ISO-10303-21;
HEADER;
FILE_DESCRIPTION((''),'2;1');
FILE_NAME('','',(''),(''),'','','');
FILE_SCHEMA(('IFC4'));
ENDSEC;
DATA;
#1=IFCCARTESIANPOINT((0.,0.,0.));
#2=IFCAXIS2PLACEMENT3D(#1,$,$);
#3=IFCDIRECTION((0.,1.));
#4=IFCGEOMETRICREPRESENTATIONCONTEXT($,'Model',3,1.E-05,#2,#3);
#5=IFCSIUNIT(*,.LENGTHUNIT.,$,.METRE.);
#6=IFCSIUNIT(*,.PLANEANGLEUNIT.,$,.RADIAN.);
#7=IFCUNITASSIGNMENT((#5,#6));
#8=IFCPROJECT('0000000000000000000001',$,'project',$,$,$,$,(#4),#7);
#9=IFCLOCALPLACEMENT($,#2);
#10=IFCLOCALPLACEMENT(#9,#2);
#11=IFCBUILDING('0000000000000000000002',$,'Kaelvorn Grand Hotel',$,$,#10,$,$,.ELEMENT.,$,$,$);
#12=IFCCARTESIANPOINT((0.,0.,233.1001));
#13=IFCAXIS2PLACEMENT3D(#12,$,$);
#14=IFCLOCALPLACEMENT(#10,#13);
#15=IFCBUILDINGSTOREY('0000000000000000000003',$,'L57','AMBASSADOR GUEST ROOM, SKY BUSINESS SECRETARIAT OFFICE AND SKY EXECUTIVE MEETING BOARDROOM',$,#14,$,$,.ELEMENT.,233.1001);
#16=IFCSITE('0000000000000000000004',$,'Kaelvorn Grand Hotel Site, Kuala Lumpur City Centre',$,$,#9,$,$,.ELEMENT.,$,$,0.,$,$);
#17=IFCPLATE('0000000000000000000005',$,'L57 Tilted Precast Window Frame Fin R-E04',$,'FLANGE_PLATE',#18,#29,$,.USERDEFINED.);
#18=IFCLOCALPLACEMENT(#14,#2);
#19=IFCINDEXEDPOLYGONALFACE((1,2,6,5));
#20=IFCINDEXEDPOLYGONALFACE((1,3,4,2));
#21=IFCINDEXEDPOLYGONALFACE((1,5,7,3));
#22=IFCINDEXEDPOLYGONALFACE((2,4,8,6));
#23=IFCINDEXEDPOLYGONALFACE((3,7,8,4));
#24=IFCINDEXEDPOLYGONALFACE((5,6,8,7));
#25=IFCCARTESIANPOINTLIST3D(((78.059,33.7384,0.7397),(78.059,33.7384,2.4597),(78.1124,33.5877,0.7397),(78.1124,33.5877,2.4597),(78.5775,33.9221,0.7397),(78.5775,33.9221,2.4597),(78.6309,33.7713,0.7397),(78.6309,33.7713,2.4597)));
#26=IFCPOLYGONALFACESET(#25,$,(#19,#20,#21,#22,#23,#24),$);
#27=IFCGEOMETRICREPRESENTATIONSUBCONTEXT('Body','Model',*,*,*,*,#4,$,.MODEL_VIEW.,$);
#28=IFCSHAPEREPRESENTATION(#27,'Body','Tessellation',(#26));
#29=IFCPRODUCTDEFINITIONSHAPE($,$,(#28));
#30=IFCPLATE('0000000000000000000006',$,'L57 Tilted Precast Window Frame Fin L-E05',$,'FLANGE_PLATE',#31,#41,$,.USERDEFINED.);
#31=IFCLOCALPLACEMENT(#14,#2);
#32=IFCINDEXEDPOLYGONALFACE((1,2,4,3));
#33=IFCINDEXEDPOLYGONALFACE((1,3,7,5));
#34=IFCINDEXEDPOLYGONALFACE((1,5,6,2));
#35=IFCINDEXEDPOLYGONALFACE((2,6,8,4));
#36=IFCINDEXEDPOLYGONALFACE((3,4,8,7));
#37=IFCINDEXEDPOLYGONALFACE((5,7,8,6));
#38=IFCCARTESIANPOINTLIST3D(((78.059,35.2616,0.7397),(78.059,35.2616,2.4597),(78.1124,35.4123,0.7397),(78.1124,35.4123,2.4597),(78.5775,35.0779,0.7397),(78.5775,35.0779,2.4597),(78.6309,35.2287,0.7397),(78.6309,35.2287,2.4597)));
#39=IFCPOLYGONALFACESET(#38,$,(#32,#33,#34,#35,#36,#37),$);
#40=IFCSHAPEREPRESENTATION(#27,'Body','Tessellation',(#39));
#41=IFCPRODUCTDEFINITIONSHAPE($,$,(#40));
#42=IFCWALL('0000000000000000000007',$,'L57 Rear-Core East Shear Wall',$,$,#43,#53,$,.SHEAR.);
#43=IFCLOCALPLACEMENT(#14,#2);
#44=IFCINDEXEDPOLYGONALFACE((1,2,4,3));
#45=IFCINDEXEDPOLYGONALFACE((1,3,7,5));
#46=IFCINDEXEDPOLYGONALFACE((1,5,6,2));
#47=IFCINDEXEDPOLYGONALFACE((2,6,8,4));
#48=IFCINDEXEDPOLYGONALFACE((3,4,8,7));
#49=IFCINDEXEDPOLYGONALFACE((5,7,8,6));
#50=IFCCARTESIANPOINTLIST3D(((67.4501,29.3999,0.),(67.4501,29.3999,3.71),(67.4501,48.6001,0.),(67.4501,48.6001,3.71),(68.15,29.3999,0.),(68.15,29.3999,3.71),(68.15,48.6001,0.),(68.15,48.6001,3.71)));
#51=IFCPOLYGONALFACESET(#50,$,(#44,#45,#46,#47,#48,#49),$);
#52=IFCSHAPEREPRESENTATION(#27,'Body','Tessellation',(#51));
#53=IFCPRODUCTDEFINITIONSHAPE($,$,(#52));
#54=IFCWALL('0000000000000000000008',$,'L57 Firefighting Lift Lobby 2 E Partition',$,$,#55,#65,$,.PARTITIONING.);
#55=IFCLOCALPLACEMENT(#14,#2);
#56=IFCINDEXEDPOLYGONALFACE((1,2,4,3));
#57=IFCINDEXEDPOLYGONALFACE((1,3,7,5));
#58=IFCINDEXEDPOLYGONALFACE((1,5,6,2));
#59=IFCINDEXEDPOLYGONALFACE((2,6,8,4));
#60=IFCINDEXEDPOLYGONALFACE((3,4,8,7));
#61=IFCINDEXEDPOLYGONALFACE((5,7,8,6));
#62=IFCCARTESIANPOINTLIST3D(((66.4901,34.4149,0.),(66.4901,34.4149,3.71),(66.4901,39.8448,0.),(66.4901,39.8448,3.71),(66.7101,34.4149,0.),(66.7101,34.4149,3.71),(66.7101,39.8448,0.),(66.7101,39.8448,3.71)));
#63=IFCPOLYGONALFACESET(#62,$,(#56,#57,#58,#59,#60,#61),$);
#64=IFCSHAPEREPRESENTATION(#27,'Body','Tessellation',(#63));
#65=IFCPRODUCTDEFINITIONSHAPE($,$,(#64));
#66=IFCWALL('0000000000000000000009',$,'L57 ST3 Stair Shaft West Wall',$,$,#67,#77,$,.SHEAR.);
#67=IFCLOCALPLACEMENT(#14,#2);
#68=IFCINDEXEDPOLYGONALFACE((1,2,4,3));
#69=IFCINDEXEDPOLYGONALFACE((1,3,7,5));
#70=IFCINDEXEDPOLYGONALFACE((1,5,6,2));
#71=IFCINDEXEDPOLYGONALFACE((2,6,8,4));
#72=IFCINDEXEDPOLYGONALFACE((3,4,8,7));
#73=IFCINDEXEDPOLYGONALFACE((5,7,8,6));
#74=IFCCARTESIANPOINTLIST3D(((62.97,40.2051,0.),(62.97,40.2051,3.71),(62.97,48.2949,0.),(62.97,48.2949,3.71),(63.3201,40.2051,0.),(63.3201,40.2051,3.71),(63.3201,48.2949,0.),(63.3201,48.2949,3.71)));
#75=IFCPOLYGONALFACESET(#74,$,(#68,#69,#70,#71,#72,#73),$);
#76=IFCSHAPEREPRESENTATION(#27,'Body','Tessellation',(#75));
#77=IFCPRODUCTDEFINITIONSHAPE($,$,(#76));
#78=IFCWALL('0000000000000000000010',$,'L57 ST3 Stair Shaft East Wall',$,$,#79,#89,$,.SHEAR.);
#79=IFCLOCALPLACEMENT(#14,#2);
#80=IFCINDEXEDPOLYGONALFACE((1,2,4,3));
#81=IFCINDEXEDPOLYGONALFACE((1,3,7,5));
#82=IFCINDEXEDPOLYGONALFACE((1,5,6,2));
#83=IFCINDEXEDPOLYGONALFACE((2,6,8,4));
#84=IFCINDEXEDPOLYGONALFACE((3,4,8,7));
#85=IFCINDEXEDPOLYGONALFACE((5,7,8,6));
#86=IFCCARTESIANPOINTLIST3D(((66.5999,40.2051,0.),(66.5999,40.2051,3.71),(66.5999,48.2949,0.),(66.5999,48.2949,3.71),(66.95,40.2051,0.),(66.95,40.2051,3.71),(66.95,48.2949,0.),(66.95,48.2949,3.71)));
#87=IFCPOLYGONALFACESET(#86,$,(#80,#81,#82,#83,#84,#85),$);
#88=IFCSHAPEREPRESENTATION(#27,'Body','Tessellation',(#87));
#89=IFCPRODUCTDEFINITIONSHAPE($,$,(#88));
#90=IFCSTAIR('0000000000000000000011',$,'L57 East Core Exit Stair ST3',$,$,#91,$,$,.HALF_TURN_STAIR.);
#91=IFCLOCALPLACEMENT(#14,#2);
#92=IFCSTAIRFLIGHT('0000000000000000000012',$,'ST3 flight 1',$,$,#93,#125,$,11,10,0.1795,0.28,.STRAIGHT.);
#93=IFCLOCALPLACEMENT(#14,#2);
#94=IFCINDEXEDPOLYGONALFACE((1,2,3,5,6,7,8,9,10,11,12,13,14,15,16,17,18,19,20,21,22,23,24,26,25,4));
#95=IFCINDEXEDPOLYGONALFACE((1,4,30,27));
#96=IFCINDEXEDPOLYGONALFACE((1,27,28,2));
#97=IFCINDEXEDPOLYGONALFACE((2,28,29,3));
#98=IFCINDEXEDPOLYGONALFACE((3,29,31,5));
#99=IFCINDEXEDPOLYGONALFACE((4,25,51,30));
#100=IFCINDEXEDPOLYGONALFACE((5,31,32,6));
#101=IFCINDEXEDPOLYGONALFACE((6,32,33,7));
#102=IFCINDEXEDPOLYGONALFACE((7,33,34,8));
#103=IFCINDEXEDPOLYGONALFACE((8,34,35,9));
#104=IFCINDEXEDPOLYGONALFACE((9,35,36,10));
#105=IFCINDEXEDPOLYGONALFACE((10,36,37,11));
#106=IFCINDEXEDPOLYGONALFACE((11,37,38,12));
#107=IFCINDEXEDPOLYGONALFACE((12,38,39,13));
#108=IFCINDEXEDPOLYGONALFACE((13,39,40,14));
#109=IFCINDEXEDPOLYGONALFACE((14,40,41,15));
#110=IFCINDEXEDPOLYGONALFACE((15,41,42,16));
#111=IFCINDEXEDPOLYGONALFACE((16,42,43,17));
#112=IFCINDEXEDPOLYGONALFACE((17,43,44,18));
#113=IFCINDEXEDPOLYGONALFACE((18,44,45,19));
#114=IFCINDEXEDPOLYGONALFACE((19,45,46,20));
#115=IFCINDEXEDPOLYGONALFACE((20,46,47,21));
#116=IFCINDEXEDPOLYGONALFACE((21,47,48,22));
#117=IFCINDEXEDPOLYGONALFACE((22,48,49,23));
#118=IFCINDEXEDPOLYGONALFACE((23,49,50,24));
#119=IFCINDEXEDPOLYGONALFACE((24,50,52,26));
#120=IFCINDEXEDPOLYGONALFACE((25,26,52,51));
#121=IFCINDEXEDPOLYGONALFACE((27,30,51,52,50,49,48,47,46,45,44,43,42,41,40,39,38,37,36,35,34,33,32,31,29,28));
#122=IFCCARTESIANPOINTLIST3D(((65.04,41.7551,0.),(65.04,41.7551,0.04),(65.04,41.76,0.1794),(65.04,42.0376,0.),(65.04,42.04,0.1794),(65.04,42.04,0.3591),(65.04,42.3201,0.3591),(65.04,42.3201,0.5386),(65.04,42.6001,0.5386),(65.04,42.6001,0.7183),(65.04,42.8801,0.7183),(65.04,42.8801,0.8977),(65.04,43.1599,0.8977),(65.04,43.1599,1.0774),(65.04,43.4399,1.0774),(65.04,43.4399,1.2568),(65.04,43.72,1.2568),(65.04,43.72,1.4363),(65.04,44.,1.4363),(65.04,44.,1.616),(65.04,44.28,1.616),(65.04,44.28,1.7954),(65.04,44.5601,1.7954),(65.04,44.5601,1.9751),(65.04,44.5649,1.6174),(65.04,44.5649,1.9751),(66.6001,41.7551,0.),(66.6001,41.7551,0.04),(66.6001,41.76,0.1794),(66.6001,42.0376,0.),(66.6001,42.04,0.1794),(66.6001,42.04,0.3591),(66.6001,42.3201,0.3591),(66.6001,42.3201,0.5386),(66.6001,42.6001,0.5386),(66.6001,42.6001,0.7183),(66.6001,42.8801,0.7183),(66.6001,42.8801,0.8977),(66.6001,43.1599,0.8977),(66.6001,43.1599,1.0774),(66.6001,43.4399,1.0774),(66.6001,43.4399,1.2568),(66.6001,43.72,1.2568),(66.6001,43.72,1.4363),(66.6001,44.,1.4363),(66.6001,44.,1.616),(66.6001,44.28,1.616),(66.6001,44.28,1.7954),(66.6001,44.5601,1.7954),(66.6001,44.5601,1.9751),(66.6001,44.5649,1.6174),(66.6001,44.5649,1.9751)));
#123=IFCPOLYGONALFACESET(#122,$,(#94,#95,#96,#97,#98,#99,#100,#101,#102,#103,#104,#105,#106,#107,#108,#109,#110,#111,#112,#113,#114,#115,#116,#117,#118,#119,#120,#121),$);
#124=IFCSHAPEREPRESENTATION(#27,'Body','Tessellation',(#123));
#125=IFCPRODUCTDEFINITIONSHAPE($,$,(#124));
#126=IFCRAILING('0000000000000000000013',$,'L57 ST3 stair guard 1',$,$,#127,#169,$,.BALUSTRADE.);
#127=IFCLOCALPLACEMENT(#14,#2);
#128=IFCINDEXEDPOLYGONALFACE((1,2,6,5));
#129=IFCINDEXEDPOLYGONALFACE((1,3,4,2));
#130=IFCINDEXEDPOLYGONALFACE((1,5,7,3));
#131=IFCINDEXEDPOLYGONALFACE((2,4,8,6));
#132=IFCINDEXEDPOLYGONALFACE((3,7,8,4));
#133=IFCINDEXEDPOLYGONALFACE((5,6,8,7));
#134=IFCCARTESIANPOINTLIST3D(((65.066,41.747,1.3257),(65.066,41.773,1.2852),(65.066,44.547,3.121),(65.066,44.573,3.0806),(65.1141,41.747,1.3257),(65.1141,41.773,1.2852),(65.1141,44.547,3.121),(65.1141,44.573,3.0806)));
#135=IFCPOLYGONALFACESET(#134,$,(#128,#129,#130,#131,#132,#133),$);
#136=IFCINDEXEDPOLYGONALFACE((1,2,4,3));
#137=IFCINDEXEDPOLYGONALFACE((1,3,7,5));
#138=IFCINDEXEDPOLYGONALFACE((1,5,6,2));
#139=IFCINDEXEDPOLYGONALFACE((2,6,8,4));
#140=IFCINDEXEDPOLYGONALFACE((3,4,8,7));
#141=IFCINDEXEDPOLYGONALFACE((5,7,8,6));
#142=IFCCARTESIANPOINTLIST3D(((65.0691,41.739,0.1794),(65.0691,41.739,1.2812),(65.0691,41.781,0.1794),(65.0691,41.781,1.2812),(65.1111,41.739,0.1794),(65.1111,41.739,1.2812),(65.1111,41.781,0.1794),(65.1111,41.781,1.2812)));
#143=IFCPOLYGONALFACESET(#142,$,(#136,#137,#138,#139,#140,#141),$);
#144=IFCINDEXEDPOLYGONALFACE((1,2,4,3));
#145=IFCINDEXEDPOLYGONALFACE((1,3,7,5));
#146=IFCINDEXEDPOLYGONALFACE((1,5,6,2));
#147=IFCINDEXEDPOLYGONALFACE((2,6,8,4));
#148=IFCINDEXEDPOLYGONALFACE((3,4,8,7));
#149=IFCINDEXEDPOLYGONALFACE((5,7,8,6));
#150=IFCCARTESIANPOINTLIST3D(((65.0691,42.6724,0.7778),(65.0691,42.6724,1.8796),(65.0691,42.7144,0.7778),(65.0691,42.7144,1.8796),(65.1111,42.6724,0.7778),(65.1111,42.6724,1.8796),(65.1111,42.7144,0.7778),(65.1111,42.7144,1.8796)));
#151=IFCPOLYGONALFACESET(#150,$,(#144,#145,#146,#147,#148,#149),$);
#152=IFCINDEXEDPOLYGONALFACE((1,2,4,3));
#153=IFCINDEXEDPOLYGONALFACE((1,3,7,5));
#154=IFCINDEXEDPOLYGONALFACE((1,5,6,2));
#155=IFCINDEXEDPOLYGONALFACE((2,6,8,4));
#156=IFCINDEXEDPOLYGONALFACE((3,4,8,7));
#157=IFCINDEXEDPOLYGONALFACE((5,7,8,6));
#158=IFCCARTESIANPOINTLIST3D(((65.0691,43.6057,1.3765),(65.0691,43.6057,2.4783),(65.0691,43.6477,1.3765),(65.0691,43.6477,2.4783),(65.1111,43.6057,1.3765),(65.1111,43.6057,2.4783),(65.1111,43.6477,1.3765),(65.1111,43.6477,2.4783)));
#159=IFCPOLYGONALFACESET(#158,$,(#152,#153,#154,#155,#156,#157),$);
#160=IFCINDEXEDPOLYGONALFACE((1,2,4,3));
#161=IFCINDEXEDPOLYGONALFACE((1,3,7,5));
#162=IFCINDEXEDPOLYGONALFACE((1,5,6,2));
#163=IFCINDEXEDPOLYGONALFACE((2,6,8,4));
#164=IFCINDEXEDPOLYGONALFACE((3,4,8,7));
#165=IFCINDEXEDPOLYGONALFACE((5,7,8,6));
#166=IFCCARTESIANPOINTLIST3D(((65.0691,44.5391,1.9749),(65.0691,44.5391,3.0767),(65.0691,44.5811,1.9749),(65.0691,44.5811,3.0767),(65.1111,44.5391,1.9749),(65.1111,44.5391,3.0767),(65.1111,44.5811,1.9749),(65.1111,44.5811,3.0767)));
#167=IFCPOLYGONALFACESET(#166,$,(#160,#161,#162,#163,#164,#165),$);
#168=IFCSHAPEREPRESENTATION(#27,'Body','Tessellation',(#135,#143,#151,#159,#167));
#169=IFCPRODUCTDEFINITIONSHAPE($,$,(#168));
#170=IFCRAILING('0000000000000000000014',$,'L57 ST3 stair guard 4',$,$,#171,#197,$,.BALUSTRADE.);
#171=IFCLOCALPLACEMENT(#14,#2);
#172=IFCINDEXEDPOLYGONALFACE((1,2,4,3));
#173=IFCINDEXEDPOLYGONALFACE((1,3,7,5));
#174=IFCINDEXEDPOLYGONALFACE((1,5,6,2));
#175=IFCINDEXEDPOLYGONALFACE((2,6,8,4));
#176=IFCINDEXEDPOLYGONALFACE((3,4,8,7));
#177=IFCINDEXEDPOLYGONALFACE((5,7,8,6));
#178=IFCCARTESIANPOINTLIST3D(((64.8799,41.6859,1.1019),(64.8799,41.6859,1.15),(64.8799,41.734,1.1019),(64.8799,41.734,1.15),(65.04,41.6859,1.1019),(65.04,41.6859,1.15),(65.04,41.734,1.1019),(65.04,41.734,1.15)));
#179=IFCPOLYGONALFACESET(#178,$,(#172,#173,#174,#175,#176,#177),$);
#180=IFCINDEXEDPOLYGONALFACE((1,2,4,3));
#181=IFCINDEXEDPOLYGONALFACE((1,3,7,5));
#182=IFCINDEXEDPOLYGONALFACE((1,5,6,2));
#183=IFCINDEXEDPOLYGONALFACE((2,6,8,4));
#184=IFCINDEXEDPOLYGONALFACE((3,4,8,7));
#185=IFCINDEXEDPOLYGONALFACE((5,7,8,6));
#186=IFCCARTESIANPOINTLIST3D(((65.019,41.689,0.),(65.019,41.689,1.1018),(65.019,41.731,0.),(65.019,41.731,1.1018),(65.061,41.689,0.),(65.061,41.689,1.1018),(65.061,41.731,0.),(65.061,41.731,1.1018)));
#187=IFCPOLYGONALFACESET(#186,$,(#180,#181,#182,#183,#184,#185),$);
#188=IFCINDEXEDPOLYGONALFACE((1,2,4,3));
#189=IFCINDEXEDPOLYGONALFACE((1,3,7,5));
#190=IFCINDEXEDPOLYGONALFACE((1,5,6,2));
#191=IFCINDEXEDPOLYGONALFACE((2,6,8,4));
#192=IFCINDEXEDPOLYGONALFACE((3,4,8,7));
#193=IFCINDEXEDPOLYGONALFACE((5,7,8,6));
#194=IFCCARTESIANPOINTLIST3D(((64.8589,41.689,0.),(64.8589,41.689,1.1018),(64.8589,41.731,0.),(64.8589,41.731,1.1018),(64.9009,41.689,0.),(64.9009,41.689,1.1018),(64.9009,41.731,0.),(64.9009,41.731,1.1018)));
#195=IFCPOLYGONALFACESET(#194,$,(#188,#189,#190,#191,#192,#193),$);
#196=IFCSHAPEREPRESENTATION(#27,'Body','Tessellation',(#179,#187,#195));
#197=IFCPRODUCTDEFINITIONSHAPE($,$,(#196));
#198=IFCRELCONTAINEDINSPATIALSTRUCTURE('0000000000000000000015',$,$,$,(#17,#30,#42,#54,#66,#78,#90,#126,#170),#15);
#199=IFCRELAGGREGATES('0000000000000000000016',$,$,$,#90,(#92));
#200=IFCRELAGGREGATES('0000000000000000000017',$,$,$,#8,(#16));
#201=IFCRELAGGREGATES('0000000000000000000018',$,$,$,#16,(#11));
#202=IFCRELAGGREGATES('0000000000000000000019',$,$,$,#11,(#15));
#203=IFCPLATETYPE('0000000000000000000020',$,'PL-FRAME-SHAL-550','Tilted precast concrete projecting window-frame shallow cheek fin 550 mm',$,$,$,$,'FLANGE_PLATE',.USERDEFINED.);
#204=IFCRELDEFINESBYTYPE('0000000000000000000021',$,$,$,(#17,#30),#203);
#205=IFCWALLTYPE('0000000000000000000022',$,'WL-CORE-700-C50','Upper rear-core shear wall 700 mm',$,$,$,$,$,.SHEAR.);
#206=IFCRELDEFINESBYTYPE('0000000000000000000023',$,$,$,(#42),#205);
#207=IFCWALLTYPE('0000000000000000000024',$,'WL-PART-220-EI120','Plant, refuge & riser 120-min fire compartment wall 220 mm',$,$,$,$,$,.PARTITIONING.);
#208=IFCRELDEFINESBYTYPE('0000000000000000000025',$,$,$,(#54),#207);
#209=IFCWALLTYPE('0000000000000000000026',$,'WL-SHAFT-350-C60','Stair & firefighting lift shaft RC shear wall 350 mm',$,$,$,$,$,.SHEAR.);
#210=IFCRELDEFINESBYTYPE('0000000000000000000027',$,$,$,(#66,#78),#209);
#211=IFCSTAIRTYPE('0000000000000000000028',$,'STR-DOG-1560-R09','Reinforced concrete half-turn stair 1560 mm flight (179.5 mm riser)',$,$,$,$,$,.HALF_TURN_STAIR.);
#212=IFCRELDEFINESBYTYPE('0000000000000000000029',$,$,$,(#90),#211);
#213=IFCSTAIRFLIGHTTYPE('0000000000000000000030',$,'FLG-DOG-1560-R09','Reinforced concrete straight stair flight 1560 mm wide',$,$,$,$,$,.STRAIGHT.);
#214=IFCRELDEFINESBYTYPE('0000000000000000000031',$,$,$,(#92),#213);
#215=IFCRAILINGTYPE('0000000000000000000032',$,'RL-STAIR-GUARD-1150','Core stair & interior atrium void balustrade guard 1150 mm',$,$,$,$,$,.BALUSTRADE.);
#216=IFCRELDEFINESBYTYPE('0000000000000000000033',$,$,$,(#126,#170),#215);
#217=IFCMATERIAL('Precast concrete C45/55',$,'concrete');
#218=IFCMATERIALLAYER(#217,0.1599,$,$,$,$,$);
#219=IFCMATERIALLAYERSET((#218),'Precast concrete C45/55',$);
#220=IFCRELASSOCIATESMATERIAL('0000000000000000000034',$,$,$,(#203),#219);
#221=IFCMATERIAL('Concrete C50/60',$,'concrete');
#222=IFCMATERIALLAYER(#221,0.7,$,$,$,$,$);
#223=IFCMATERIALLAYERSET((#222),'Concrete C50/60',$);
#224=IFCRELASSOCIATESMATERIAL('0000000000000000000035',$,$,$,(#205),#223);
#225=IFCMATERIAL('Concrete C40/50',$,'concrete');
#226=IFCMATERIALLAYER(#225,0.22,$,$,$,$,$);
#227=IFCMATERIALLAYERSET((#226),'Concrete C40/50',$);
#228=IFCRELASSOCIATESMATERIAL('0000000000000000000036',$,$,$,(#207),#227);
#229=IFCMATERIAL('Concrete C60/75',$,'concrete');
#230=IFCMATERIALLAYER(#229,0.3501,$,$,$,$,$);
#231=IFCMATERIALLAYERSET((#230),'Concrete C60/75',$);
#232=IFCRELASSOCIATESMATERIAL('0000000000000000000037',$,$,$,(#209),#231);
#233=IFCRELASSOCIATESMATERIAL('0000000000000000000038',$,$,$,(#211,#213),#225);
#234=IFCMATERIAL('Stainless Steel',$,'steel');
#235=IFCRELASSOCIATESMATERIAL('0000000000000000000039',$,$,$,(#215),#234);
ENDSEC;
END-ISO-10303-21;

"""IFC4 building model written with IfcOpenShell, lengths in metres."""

from ifc_helpers import new_model, si_unit, direction, frame, frame_2d, origin, origin_2d, place, context, subcontext, project, spatial, polyline, rectangle, outline, extrude, material, layer, layer_set, type_object, element, aggregate, save


model = new_model("IFC4")

# Units and contexts
model_context = context("Model", 3, precision=1e-05, world=origin(), true_north=direction((0.0, 1.0)))
body_context = subcontext(model_context, "Body", "Model", "MODEL_VIEW")
ifc_project = project(units=[si_unit("LENGTHUNIT", "METRE"), si_unit("PLANEANGLEUNIT", "RADIAN")], contexts=[model_context])

# Site, building, storey
site_placement = place(None, origin())
site = spatial("IfcSite", under=ifc_project, at=site_placement, Name="Kaelvorn Grand Hotel Site, Kuala Lumpur City Centre", CompositionType="ELEMENT", RefElevation=0.0)
building_placement = place(site_placement, origin())
building = spatial("IfcBuilding", under=site, at=building_placement, Name="Kaelvorn Grand Hotel", CompositionType="ELEMENT")
storey_placement = place(building_placement, frame((0.0, 0.0, 233.1001)))
storey = spatial("IfcBuildingStorey", under=building, at=storey_placement, Name="L57", Description="AMBASSADOR GUEST ROOM, SKY BUSINESS SECRETARIAT OFFICE AND SKY EXECUTIVE MEETING BOARDROOM", CompositionType="ELEMENT", Elevation=233.1001)

# Shared definitions
ifc_material_1 = material(Name="Concrete C50/60", Category="concrete")

# Plates
ifc_material_2 = material(Name="Precast concrete C45/55", Category="concrete")
ifc_layer_1 = layer(ifc_material_2, 0.1599)
ifc_layer_set_1 = layer_set([ifc_layer_1], Name="Precast concrete C45/55")
plate_type_1 = type_object("IfcPlateType", Name="PL-FRAME-SHAL-550", Description="Tilted precast concrete projecting window-frame shallow cheek fin 550 mm", ElementType="FLANGE_PLATE", PredefinedType="USERDEFINED", material=ifc_layer_set_1)
for number, where, z_axis, x_axis, name in (
    (1, (78.345, 33.7549, 0.7397), (0.0, 0.0, 1.0), (-0.333807, 0.942641, 0.0), "L57 Tilted Precast Window Frame Fin R-E04"),
    (2, (78.345, 35.2451, 0.7397), (0.0, 0.0, 1.0), (0.333807, 0.942641, 0.0), "L57 Tilted Precast Window Frame Fin L-E05"),
):
    element("IfcPlate", number, at=place(storey_placement, frame(where, z_axis=z_axis, x_axis=x_axis)), inside=storey, type_object=plate_type_1, Name=name, ObjectType="FLANGE_PLATE", PredefinedType="USERDEFINED", context=body_context, shape_type="SweptSolid", body=[
        extrude(rectangle(XDim=0.1599, YDim=0.55, at=origin_2d()), origin(), (0.0, 0.0, 1.0), 1.72),
    ])

# Walls
ifc_layer_2 = layer(ifc_material_1, 0.7)
ifc_layer_set_2 = layer_set([ifc_layer_2], Name="Concrete C50/60")
wall_type_1 = type_object("IfcWallType", Name="WL-CORE-700-C50", Description="Upper rear-core shear wall 700 mm", PredefinedType="SHEAR", material=ifc_layer_set_2)
wall_1_placement = place(storey_placement, frame((67.8, 29.3999, 0.0), z_axis=(0.0, 0.0, 1.0), x_axis=(0.0, 1.0, 0.0)))
element("IfcWall", 3, at=wall_1_placement, inside=storey, type_object=wall_type_1, Name="L57 Rear-Core East Shear Wall", PredefinedType="SHEAR", context=body_context, shape_type="SweptSolid", body=[
    extrude(rectangle(XDim=19.2002, YDim=0.7, at=frame_2d((9.6001, 0.0))), origin(), (0.0, 0.0, 1.0), 3.71),
])
ifc_material_3 = material(Name="Concrete C40/50", Category="concrete")
ifc_layer_3 = layer(ifc_material_3, 0.22)
ifc_layer_set_3 = layer_set([ifc_layer_3], Name="Concrete C40/50")
wall_type_2 = type_object("IfcWallType", Name="WL-PART-220-EI120", Description="Plant, refuge & riser 120-min fire compartment wall 220 mm", PredefinedType="PARTITIONING", material=ifc_layer_set_3)
wall_2_placement = place(storey_placement, frame((66.6001, 34.415, 0.0), z_axis=(0.0, 0.0, 1.0), x_axis=(0.0, 1.0, 0.0)))
element("IfcWall", 4, at=wall_2_placement, inside=storey, type_object=wall_type_2, Name="L57 Firefighting Lift Lobby 2 E Partition", PredefinedType="PARTITIONING", context=body_context, shape_type="SweptSolid", body=[
    extrude(rectangle(XDim=5.4299, YDim=0.22, at=frame_2d((2.7148, 0.0))), origin(), (0.0, 0.0, 1.0), 3.71),
])

# Shared definitions
ifc_material_4 = material(Name="Concrete C60/75", Category="concrete")
ifc_layer_4 = layer(ifc_material_4, 0.3501)
ifc_layer_set_4 = layer_set([ifc_layer_4], Name="Concrete C60/75")
wall_type_3 = type_object("IfcWallType", Name="WL-SHAFT-350-C60", Description="Stair & firefighting lift shaft RC shear wall 350 mm", PredefinedType="SHEAR", material=ifc_layer_set_4)

# Walls
for number, where, z_axis, x_axis, name in (
    (5, (63.145, 40.2051, 0.0), (0.0, 0.0, 1.0), (0.0, 1.0, 0.0), "L57 ST3 Stair Shaft West Wall"),
    (6, (66.7749, 40.2051, 0.0), (0.0, 0.0, 1.0), (0.0, 1.0, 0.0), "L57 ST3 Stair Shaft East Wall"),
):
    element("IfcWall", number, at=place(storey_placement, frame(where, z_axis=z_axis, x_axis=x_axis)), inside=storey, type_object=wall_type_3, Name=name, PredefinedType="SHEAR", context=body_context, shape_type="SweptSolid", body=[
        extrude(rectangle(XDim=8.0898, YDim=0.3501, at=frame_2d((4.0449, 0.0))), origin(), (0.0, 0.0, 1.0), 3.71),
    ])

# Stair, stair flight
stair_type = type_object("IfcStairType", Name="STR-DOG-1560-R09", Description="Reinforced concrete half-turn stair 1560 mm flight (179.5 mm riser)", PredefinedType="HALF_TURN_STAIR", material=ifc_material_3)
stair_placement = place(storey_placement, origin())
stair = element("IfcStair", 7, at=stair_placement, inside=storey, type_object=stair_type, Name="L57 East Core Exit Stair ST3", PredefinedType="HALF_TURN_STAIR")
stair_flight_type = type_object("IfcStairFlightType", Name="FLG-DOG-1560-R09", Description="Reinforced concrete straight stair flight 1560 mm wide", PredefinedType="STRAIGHT", material=ifc_material_3)
stair_flight_placement = place(storey_placement, frame((65.8201, 41.76, 0.0), z_axis=(0.0, 0.0, 1.0), x_axis=(0.0, 1.0, 0.0)))
stair_flight = element("IfcStairFlight", 8, at=stair_flight_placement, type_object=stair_flight_type, Name="ST3 flight 1", NumberOfRisers=11, NumberOfTreads=10, PredefinedType="STRAIGHT", RiserHeight=0.1795, TreadLength=0.28, context=body_context, shape_type="SweptSolid", body=[
    extrude(outline(polyline([(-0.0049, 0.0), (-0.0049, 0.04), (0.0, 0.1794), (0.28, 0.1794), (0.28, 0.3591), (0.5601, 0.3591), (0.5601, 0.5386), (0.8401, 0.5386), (0.8401, 0.7183), (1.1201, 0.7183), (1.1201, 0.8977), (1.3999, 0.8977), (1.3999, 1.0774), (1.6799, 1.0774), (1.6799, 1.2568), (1.96, 1.2568), (1.96, 1.4363), (2.24, 1.4363), (2.24, 1.616), (2.52, 1.616), (2.52, 1.7954), (2.8, 1.7954), (2.8, 1.9751), (2.8049, 1.9751), (2.8049, 1.6174), (0.2776, 0.0), (-0.0049, 0.0)])), frame((0.0, 0.78, 0.0), z_axis=(0.0, -1.0, 0.0), x_axis=(1.0, 0.0, 0.0)), (0.0, 0.0, 1.0), 1.5601),
])
aggregate(stair, [stair_flight])

# Railings
ifc_material_5 = material(Name="Stainless Steel", Category="steel")
railing_type = type_object("IfcRailingType", Name="RL-STAIR-GUARD-1150", Description="Core stair & interior atrium void balustrade guard 1150 mm", PredefinedType="BALUSTRADE", material=ifc_material_5)
railing_1_placement = place(storey_placement, frame((65.0901, 41.76, 0.1794)))
element("IfcRailing", 9, at=railing_1_placement, inside=storey, type_object=railing_type, Name="L57 ST3 stair guard 1", PredefinedType="BALUSTRADE", context=body_context, shape_type="SweptSolid", body=[
    extrude(rectangle(XDim=0.0481, YDim=0.0481, at=origin_2d()), frame((0.0, 0.0, 1.126), z_axis=(0.0, 0.84181, 0.539774), x_axis=(-1.0, 0.0, 0.0)), (0.0, 0.0, 1.0), 3.3262),
    extrude(rectangle(XDim=0.042, YDim=0.042, at=origin_2d()), origin(), (0.0, 0.0, 1.0), 1.1018),
    extrude(rectangle(XDim=0.042, YDim=0.042, at=origin_2d()), frame((0.0, 0.9333, 0.5984)), (0.0, 0.0, 1.0), 1.1018),
    extrude(rectangle(XDim=0.042, YDim=0.042, at=origin_2d()), frame((0.0, 1.8667, 1.197)), (0.0, 0.0, 1.0), 1.1018),
    extrude(rectangle(XDim=0.042, YDim=0.042, at=origin_2d()), frame((0.0, 2.8, 1.7954)), (0.0, 0.0, 1.0), 1.1018),
])
railing_2_placement = place(storey_placement, frame((65.04, 41.71, 0.0)))
element("IfcRailing", 10, at=railing_2_placement, inside=storey, type_object=railing_type, Name="L57 ST3 stair guard 4", PredefinedType="BALUSTRADE", context=body_context, shape_type="SweptSolid", body=[
    extrude(rectangle(XDim=0.0481, YDim=0.0481, at=origin_2d()), frame((0.0, 0.0, 1.126), z_axis=(-1.0, 0.0, 0.0), x_axis=(0.0, -1.0, 0.0)), (0.0, 0.0, 1.0), 0.1602),
    extrude(rectangle(XDim=0.042, YDim=0.042, at=origin_2d()), origin(), (0.0, 0.0, 1.0), 1.1018),
    extrude(rectangle(XDim=0.042, YDim=0.042, at=origin_2d()), frame((-0.1602, 0.0, 0.0)), (0.0, 0.0, 1.0), 1.1018),
])

save(model, "model.ifc")
